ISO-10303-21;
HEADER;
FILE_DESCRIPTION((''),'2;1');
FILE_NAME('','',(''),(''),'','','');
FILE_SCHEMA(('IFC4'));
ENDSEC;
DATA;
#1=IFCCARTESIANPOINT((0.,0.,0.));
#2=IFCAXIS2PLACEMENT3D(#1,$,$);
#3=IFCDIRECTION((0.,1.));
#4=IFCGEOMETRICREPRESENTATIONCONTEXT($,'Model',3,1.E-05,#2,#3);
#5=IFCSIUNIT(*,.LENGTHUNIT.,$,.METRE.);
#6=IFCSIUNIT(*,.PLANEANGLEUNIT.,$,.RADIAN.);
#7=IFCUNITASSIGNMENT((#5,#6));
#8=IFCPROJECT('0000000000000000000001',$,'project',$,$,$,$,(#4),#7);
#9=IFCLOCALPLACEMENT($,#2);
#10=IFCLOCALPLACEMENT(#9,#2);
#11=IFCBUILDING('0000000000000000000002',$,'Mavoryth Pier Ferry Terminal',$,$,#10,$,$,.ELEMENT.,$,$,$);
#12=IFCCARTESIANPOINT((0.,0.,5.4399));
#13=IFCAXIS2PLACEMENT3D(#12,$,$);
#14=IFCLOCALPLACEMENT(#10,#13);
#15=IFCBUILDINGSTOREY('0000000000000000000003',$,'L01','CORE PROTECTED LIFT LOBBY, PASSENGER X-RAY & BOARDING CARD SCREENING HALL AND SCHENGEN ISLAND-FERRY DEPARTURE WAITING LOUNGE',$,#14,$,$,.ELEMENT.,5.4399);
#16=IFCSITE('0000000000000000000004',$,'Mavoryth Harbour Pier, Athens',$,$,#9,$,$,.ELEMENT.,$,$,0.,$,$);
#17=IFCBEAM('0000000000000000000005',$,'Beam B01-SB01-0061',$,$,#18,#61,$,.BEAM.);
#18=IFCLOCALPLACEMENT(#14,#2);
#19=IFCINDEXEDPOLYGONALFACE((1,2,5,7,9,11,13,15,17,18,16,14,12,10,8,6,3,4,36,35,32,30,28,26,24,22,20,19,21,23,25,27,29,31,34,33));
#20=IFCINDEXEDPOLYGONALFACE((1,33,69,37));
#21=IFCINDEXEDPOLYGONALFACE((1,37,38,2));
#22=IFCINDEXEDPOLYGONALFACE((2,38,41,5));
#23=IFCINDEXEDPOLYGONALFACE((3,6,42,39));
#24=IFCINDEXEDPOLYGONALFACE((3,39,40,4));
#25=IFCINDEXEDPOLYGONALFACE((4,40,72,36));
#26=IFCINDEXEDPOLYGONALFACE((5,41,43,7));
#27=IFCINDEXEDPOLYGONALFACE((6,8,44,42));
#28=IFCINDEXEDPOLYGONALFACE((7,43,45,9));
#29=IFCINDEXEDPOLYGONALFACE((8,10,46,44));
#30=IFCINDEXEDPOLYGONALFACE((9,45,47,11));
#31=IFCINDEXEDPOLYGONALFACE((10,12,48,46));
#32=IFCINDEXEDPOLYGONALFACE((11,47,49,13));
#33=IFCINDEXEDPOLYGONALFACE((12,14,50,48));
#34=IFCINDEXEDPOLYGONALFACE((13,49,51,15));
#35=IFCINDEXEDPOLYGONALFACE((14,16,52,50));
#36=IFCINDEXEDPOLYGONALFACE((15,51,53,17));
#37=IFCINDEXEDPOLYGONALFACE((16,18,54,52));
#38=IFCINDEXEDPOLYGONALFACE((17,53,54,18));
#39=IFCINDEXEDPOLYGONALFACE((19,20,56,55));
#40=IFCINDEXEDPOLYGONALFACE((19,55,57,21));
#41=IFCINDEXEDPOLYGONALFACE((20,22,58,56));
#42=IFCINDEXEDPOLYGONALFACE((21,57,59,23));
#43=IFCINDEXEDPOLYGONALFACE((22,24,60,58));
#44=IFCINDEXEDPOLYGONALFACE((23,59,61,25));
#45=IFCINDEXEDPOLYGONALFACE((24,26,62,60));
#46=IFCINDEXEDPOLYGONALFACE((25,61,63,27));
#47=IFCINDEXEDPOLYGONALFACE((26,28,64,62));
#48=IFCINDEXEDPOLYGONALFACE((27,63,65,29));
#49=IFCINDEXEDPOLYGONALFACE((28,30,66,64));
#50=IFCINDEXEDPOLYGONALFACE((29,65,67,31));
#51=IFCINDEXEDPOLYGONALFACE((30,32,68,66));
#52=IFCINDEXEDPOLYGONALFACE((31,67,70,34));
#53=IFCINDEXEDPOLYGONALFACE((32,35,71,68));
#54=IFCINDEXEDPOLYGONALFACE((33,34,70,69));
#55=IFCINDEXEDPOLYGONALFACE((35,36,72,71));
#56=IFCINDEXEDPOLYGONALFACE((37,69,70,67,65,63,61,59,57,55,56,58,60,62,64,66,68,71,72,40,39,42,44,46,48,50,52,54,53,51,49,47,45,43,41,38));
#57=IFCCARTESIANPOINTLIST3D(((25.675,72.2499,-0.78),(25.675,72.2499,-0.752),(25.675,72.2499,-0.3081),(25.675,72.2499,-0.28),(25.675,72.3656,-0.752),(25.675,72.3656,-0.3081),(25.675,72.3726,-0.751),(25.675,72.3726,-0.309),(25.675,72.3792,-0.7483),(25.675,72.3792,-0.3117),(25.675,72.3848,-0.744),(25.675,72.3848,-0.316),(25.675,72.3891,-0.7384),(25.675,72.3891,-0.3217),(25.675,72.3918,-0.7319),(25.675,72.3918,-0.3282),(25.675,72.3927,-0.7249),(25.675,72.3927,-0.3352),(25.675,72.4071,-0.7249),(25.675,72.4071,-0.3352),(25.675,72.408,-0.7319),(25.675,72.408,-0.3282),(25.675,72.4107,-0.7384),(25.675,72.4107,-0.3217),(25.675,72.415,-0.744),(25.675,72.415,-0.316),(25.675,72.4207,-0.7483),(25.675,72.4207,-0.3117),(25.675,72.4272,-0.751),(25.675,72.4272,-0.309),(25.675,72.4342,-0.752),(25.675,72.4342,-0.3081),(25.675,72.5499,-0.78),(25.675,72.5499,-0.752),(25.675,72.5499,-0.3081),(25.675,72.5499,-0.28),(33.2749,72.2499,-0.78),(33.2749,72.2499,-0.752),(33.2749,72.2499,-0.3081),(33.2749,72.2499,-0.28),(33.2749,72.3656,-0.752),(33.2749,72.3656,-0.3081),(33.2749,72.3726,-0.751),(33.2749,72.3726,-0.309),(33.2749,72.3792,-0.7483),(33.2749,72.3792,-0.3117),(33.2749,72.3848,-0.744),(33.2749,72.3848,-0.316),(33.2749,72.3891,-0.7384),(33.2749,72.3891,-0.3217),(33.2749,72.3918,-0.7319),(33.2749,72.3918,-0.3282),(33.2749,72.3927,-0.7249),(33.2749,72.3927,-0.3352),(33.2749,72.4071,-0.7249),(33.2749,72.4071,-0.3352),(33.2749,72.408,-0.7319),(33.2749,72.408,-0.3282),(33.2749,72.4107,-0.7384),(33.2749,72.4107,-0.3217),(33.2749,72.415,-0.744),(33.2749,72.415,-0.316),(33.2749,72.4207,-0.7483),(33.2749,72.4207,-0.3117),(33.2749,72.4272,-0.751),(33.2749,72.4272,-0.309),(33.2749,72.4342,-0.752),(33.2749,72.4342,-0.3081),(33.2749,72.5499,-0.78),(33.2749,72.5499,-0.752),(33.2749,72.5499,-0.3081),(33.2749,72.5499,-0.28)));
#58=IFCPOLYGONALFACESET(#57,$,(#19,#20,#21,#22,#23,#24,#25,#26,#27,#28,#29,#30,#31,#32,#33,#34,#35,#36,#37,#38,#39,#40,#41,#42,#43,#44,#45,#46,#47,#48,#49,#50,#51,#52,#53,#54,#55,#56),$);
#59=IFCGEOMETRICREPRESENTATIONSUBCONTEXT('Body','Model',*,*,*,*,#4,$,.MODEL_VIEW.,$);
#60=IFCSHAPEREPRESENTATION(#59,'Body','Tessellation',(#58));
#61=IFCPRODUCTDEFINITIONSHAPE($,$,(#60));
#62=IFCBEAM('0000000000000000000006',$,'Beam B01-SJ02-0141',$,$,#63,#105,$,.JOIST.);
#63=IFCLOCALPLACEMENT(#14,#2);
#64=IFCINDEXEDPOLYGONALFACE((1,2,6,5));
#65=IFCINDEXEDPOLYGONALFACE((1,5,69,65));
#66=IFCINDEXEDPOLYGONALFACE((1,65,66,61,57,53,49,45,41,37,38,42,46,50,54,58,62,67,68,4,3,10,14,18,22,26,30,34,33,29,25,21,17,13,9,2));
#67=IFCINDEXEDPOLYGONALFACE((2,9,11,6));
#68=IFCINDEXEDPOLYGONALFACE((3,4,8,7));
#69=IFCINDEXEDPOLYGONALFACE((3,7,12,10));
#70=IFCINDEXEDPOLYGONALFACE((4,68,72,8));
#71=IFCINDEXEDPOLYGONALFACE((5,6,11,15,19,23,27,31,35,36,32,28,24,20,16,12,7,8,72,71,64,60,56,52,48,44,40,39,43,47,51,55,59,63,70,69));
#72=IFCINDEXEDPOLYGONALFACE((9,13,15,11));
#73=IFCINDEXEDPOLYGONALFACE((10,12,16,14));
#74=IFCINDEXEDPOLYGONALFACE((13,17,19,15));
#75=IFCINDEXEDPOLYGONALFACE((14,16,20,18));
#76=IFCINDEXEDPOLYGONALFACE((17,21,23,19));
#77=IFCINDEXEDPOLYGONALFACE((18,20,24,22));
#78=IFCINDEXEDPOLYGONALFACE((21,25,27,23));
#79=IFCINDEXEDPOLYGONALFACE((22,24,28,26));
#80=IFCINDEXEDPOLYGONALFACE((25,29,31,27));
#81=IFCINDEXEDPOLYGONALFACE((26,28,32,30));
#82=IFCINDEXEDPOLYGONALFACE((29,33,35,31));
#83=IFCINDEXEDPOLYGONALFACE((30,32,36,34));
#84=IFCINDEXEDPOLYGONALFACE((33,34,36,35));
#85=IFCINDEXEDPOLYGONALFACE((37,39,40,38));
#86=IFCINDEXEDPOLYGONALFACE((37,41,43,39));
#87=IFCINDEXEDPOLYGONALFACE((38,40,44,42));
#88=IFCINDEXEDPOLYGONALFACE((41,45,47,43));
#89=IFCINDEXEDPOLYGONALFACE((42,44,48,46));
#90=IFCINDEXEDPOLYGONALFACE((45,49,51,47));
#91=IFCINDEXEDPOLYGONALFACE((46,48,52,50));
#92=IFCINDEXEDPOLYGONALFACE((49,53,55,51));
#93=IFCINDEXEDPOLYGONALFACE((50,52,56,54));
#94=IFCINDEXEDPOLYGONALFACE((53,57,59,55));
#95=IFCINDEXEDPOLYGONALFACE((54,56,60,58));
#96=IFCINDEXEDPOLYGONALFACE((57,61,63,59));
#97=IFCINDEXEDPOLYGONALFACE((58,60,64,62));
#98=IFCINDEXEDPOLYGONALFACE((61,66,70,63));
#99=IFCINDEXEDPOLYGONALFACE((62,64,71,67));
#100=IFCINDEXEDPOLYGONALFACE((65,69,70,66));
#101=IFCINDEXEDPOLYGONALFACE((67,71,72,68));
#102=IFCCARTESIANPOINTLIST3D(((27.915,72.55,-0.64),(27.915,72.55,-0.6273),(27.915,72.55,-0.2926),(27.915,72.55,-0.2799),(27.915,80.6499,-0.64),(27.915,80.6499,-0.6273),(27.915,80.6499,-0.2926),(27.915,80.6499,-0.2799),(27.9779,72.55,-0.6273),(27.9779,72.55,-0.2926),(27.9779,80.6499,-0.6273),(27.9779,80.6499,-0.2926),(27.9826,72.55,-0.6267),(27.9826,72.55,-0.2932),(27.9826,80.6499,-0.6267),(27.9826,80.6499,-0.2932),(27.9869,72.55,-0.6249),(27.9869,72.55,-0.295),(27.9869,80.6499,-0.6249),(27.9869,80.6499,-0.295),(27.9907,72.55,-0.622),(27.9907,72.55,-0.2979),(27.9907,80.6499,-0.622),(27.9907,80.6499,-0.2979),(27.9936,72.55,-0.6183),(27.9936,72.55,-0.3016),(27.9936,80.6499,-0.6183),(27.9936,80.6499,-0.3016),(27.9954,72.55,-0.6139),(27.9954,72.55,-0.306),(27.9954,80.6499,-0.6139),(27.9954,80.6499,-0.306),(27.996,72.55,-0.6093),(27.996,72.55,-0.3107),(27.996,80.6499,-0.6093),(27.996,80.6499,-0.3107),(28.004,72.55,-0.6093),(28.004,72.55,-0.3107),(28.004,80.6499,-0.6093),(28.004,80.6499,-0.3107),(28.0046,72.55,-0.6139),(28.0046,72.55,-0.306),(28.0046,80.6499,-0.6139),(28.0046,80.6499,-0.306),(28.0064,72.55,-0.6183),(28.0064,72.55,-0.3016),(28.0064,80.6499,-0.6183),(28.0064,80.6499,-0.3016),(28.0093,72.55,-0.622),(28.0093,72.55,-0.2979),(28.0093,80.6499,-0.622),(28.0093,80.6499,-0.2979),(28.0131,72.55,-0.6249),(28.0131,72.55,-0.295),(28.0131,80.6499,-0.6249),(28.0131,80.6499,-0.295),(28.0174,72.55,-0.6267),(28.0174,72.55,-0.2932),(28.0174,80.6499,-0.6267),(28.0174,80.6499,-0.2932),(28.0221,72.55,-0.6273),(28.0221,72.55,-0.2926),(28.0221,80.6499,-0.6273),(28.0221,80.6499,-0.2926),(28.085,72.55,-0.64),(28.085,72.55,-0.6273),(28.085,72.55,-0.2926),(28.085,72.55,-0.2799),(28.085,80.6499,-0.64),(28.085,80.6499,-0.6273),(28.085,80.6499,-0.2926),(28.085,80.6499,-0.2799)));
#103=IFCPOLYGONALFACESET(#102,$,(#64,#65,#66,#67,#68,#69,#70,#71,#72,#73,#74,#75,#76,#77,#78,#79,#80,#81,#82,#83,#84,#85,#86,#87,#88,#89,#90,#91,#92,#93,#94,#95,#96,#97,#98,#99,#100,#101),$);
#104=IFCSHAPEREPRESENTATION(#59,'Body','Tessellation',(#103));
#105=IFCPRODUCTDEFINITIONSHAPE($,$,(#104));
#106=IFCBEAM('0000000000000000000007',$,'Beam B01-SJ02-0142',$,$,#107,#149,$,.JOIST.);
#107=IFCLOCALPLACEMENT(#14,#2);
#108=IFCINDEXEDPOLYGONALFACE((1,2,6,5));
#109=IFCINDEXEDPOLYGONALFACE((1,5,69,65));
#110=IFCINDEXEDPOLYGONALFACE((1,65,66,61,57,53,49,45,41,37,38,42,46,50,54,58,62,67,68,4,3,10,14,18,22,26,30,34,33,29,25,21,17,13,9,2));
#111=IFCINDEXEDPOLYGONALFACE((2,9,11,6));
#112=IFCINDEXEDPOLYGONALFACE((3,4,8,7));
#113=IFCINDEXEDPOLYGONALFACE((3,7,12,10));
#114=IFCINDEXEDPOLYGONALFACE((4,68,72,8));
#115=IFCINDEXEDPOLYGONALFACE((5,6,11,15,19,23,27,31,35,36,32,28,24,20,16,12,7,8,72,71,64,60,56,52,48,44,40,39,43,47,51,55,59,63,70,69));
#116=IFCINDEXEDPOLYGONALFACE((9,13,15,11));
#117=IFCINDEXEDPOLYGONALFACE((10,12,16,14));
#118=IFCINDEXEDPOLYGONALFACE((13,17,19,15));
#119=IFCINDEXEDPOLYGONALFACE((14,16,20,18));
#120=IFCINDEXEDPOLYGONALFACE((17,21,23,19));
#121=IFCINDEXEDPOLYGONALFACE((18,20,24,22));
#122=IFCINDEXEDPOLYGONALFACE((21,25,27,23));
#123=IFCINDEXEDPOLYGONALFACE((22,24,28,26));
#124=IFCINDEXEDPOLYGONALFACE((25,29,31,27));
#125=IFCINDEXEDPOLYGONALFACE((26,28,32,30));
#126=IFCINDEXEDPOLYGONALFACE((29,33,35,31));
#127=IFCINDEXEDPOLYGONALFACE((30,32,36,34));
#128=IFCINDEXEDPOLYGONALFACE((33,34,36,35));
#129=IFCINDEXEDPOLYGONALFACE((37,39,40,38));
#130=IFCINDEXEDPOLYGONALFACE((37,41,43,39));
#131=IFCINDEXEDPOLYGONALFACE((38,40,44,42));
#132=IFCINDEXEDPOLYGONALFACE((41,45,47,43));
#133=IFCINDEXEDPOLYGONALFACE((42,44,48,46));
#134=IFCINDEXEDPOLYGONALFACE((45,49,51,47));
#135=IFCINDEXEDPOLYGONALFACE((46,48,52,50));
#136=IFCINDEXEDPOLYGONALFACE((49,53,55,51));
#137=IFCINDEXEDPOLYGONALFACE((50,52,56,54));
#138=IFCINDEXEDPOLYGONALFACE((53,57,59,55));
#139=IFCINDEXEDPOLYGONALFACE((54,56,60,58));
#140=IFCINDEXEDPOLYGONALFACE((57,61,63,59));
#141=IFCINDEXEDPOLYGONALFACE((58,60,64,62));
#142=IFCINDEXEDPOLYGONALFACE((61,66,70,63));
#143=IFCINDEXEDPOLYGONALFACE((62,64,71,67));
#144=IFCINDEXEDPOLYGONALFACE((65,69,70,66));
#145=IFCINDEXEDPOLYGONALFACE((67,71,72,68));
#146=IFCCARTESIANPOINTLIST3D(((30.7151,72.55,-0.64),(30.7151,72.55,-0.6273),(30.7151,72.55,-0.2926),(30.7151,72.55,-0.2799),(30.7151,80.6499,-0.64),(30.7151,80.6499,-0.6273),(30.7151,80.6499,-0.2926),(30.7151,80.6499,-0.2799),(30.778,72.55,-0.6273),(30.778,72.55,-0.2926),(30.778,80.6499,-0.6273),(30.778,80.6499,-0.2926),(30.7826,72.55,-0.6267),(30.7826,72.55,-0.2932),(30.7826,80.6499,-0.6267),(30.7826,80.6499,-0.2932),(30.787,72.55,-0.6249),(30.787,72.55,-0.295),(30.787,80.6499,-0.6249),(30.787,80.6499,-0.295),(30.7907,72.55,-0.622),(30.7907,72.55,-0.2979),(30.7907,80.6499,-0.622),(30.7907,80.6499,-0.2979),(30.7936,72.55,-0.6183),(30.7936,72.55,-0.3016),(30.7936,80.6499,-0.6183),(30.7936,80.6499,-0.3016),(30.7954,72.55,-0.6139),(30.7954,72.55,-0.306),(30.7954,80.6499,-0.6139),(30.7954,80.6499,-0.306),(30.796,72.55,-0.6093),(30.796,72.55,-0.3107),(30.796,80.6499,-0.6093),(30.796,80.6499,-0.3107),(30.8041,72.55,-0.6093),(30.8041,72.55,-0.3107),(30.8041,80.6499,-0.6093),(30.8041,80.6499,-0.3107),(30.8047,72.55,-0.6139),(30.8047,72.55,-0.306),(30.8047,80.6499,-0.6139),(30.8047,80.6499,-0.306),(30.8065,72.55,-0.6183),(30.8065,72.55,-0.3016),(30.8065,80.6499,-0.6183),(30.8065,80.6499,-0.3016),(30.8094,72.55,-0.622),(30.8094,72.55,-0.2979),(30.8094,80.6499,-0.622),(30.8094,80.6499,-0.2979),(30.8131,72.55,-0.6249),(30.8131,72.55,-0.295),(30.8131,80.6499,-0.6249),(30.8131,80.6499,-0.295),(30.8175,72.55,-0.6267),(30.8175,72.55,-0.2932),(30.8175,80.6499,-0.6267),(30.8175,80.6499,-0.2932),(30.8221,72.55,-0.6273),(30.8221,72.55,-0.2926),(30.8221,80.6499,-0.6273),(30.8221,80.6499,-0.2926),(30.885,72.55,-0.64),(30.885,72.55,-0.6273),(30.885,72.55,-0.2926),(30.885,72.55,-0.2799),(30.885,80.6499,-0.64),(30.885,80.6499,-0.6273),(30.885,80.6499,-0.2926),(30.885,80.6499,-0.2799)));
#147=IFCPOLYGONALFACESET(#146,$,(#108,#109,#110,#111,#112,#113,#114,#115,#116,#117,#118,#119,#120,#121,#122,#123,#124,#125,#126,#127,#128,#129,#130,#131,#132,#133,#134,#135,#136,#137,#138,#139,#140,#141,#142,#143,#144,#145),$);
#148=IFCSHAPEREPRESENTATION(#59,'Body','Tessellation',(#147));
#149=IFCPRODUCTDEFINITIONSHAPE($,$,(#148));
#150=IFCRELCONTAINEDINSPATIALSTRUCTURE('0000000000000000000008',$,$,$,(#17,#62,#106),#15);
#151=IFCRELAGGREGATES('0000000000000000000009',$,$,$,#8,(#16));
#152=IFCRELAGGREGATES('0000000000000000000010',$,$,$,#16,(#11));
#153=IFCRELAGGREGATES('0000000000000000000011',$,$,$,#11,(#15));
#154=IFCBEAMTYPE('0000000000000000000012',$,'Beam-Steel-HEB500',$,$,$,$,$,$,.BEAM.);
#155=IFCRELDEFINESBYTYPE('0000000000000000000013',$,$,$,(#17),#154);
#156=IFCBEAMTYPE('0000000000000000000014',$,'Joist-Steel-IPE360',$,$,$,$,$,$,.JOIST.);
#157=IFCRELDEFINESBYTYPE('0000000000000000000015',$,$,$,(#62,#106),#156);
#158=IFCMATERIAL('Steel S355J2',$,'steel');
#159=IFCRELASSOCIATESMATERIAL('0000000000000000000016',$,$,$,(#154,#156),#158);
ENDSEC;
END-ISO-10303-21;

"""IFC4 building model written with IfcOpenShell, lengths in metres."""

from ifc_helpers import new_model, si_unit, direction, frame, origin, origin_2d, place, context, subcontext, project, spatial, i_section, extrude, material, material_profile, profile_set, type_object, element, save


model = new_model("IFC4")

# Units and contexts
model_context = context("Model", 3, precision=1e-05, world=origin(), true_north=direction((0.0, 1.0)))
body_context = subcontext(model_context, "Body", "Model", "MODEL_VIEW")
ifc_project = project(units=[si_unit("LENGTHUNIT", "METRE"), si_unit("PLANEANGLEUNIT", "RADIAN")], contexts=[model_context])

# Site, building, storey
site_placement = place(None, origin())
site = spatial("IfcSite", under=ifc_project, at=site_placement, Name="Mavoryth Harbour Pier, Athens", CompositionType="ELEMENT", RefElevation=0.0)
building_placement = place(site_placement, origin())
building = spatial("IfcBuilding", under=site, at=building_placement, Name="Mavoryth Pier Ferry Terminal", CompositionType="ELEMENT")
storey_placement = place(building_placement, frame((0.0, 0.0, 5.4399)))
storey = spatial("IfcBuildingStorey", under=building, at=storey_placement, Name="L01", Description="CORE PROTECTED LIFT LOBBY, PASSENGER X-RAY & BOARDING CARD SCREENING HALL AND SCHENGEN ISLAND-FERRY DEPARTURE WAITING LOUNGE", CompositionType="ELEMENT", Elevation=5.4399)

# Beams
ifc_material_1 = material(Name="Steel S355J2", Category="steel")
ifc_material_profile_1 = material_profile(ifc_material_1, i_section(OverallWidth=0.3, OverallDepth=0.5, WebThickness=0.0144, FlangeThickness=0.0281, FilletRadius=0.0271, at=origin_2d()), Name="HEB 500", Category="steel")
ifc_profile_set_1 = profile_set([ifc_material_profile_1], Name="Steel S355J2 - HEB 500")
beam_type_1 = type_object("IfcBeamType", Name="Beam-Steel-HEB500", PredefinedType="BEAM", material=ifc_profile_set_1)
beam_1_placement = place(storey_placement, frame((25.675, 72.3999, -0.53), z_axis=(1.0, 0.0, 0.0), x_axis=(0.0, 1.0, 0.0)))
element("IfcBeam", 1, at=beam_1_placement, inside=storey, type_object=beam_type_1, Name="Beam B01-SB01-0061", PredefinedType="BEAM", context=body_context, shape_type="SweptSolid", body=[
    extrude(i_section(OverallWidth=0.3, OverallDepth=0.5, WebThickness=0.0144, FlangeThickness=0.0281, FilletRadius=0.0271, at=origin_2d()), origin(), (0.0, 0.0, 1.0), 7.5999),
])
ifc_material_profile_2 = material_profile(ifc_material_1, i_section(OverallWidth=0.1699, OverallDepth=0.3601, WebThickness=0.0081, FlangeThickness=0.0127, FilletRadius=0.0181, at=origin_2d()), Name="IPE 360", Category="steel")
ifc_profile_set_2 = profile_set([ifc_material_profile_2], Name="Steel S355J2 - IPE 360")
beam_type_2 = type_object("IfcBeamType", Name="Joist-Steel-IPE360", PredefinedType="JOIST", material=ifc_profile_set_2)
for number, where, z_axis, x_axis, name in (
    (2, (28.0, 72.55, -0.46), (0.0, 1.0, 0.0), (-1.0, 0.0, 0.0), "Beam B01-SJ02-0141"),
    (3, (30.8, 72.55, -0.46), (0.0, 1.0, 0.0), (-1.0, 0.0, 0.0), "Beam B01-SJ02-0142"),
):
    element("IfcBeam", number, at=place(storey_placement, frame(where, z_axis=z_axis, x_axis=x_axis)), inside=storey, type_object=beam_type_2, Name=name, PredefinedType="JOIST", context=body_context, shape_type="SweptSolid", body=[
        extrude(i_section(OverallWidth=0.1699, OverallDepth=0.3601, WebThickness=0.0081, FlangeThickness=0.0127, FilletRadius=0.0181, at=origin_2d()), origin(), (0.0, 0.0, 1.0), 8.0999),
    ])

save(model, "model.ifc")
